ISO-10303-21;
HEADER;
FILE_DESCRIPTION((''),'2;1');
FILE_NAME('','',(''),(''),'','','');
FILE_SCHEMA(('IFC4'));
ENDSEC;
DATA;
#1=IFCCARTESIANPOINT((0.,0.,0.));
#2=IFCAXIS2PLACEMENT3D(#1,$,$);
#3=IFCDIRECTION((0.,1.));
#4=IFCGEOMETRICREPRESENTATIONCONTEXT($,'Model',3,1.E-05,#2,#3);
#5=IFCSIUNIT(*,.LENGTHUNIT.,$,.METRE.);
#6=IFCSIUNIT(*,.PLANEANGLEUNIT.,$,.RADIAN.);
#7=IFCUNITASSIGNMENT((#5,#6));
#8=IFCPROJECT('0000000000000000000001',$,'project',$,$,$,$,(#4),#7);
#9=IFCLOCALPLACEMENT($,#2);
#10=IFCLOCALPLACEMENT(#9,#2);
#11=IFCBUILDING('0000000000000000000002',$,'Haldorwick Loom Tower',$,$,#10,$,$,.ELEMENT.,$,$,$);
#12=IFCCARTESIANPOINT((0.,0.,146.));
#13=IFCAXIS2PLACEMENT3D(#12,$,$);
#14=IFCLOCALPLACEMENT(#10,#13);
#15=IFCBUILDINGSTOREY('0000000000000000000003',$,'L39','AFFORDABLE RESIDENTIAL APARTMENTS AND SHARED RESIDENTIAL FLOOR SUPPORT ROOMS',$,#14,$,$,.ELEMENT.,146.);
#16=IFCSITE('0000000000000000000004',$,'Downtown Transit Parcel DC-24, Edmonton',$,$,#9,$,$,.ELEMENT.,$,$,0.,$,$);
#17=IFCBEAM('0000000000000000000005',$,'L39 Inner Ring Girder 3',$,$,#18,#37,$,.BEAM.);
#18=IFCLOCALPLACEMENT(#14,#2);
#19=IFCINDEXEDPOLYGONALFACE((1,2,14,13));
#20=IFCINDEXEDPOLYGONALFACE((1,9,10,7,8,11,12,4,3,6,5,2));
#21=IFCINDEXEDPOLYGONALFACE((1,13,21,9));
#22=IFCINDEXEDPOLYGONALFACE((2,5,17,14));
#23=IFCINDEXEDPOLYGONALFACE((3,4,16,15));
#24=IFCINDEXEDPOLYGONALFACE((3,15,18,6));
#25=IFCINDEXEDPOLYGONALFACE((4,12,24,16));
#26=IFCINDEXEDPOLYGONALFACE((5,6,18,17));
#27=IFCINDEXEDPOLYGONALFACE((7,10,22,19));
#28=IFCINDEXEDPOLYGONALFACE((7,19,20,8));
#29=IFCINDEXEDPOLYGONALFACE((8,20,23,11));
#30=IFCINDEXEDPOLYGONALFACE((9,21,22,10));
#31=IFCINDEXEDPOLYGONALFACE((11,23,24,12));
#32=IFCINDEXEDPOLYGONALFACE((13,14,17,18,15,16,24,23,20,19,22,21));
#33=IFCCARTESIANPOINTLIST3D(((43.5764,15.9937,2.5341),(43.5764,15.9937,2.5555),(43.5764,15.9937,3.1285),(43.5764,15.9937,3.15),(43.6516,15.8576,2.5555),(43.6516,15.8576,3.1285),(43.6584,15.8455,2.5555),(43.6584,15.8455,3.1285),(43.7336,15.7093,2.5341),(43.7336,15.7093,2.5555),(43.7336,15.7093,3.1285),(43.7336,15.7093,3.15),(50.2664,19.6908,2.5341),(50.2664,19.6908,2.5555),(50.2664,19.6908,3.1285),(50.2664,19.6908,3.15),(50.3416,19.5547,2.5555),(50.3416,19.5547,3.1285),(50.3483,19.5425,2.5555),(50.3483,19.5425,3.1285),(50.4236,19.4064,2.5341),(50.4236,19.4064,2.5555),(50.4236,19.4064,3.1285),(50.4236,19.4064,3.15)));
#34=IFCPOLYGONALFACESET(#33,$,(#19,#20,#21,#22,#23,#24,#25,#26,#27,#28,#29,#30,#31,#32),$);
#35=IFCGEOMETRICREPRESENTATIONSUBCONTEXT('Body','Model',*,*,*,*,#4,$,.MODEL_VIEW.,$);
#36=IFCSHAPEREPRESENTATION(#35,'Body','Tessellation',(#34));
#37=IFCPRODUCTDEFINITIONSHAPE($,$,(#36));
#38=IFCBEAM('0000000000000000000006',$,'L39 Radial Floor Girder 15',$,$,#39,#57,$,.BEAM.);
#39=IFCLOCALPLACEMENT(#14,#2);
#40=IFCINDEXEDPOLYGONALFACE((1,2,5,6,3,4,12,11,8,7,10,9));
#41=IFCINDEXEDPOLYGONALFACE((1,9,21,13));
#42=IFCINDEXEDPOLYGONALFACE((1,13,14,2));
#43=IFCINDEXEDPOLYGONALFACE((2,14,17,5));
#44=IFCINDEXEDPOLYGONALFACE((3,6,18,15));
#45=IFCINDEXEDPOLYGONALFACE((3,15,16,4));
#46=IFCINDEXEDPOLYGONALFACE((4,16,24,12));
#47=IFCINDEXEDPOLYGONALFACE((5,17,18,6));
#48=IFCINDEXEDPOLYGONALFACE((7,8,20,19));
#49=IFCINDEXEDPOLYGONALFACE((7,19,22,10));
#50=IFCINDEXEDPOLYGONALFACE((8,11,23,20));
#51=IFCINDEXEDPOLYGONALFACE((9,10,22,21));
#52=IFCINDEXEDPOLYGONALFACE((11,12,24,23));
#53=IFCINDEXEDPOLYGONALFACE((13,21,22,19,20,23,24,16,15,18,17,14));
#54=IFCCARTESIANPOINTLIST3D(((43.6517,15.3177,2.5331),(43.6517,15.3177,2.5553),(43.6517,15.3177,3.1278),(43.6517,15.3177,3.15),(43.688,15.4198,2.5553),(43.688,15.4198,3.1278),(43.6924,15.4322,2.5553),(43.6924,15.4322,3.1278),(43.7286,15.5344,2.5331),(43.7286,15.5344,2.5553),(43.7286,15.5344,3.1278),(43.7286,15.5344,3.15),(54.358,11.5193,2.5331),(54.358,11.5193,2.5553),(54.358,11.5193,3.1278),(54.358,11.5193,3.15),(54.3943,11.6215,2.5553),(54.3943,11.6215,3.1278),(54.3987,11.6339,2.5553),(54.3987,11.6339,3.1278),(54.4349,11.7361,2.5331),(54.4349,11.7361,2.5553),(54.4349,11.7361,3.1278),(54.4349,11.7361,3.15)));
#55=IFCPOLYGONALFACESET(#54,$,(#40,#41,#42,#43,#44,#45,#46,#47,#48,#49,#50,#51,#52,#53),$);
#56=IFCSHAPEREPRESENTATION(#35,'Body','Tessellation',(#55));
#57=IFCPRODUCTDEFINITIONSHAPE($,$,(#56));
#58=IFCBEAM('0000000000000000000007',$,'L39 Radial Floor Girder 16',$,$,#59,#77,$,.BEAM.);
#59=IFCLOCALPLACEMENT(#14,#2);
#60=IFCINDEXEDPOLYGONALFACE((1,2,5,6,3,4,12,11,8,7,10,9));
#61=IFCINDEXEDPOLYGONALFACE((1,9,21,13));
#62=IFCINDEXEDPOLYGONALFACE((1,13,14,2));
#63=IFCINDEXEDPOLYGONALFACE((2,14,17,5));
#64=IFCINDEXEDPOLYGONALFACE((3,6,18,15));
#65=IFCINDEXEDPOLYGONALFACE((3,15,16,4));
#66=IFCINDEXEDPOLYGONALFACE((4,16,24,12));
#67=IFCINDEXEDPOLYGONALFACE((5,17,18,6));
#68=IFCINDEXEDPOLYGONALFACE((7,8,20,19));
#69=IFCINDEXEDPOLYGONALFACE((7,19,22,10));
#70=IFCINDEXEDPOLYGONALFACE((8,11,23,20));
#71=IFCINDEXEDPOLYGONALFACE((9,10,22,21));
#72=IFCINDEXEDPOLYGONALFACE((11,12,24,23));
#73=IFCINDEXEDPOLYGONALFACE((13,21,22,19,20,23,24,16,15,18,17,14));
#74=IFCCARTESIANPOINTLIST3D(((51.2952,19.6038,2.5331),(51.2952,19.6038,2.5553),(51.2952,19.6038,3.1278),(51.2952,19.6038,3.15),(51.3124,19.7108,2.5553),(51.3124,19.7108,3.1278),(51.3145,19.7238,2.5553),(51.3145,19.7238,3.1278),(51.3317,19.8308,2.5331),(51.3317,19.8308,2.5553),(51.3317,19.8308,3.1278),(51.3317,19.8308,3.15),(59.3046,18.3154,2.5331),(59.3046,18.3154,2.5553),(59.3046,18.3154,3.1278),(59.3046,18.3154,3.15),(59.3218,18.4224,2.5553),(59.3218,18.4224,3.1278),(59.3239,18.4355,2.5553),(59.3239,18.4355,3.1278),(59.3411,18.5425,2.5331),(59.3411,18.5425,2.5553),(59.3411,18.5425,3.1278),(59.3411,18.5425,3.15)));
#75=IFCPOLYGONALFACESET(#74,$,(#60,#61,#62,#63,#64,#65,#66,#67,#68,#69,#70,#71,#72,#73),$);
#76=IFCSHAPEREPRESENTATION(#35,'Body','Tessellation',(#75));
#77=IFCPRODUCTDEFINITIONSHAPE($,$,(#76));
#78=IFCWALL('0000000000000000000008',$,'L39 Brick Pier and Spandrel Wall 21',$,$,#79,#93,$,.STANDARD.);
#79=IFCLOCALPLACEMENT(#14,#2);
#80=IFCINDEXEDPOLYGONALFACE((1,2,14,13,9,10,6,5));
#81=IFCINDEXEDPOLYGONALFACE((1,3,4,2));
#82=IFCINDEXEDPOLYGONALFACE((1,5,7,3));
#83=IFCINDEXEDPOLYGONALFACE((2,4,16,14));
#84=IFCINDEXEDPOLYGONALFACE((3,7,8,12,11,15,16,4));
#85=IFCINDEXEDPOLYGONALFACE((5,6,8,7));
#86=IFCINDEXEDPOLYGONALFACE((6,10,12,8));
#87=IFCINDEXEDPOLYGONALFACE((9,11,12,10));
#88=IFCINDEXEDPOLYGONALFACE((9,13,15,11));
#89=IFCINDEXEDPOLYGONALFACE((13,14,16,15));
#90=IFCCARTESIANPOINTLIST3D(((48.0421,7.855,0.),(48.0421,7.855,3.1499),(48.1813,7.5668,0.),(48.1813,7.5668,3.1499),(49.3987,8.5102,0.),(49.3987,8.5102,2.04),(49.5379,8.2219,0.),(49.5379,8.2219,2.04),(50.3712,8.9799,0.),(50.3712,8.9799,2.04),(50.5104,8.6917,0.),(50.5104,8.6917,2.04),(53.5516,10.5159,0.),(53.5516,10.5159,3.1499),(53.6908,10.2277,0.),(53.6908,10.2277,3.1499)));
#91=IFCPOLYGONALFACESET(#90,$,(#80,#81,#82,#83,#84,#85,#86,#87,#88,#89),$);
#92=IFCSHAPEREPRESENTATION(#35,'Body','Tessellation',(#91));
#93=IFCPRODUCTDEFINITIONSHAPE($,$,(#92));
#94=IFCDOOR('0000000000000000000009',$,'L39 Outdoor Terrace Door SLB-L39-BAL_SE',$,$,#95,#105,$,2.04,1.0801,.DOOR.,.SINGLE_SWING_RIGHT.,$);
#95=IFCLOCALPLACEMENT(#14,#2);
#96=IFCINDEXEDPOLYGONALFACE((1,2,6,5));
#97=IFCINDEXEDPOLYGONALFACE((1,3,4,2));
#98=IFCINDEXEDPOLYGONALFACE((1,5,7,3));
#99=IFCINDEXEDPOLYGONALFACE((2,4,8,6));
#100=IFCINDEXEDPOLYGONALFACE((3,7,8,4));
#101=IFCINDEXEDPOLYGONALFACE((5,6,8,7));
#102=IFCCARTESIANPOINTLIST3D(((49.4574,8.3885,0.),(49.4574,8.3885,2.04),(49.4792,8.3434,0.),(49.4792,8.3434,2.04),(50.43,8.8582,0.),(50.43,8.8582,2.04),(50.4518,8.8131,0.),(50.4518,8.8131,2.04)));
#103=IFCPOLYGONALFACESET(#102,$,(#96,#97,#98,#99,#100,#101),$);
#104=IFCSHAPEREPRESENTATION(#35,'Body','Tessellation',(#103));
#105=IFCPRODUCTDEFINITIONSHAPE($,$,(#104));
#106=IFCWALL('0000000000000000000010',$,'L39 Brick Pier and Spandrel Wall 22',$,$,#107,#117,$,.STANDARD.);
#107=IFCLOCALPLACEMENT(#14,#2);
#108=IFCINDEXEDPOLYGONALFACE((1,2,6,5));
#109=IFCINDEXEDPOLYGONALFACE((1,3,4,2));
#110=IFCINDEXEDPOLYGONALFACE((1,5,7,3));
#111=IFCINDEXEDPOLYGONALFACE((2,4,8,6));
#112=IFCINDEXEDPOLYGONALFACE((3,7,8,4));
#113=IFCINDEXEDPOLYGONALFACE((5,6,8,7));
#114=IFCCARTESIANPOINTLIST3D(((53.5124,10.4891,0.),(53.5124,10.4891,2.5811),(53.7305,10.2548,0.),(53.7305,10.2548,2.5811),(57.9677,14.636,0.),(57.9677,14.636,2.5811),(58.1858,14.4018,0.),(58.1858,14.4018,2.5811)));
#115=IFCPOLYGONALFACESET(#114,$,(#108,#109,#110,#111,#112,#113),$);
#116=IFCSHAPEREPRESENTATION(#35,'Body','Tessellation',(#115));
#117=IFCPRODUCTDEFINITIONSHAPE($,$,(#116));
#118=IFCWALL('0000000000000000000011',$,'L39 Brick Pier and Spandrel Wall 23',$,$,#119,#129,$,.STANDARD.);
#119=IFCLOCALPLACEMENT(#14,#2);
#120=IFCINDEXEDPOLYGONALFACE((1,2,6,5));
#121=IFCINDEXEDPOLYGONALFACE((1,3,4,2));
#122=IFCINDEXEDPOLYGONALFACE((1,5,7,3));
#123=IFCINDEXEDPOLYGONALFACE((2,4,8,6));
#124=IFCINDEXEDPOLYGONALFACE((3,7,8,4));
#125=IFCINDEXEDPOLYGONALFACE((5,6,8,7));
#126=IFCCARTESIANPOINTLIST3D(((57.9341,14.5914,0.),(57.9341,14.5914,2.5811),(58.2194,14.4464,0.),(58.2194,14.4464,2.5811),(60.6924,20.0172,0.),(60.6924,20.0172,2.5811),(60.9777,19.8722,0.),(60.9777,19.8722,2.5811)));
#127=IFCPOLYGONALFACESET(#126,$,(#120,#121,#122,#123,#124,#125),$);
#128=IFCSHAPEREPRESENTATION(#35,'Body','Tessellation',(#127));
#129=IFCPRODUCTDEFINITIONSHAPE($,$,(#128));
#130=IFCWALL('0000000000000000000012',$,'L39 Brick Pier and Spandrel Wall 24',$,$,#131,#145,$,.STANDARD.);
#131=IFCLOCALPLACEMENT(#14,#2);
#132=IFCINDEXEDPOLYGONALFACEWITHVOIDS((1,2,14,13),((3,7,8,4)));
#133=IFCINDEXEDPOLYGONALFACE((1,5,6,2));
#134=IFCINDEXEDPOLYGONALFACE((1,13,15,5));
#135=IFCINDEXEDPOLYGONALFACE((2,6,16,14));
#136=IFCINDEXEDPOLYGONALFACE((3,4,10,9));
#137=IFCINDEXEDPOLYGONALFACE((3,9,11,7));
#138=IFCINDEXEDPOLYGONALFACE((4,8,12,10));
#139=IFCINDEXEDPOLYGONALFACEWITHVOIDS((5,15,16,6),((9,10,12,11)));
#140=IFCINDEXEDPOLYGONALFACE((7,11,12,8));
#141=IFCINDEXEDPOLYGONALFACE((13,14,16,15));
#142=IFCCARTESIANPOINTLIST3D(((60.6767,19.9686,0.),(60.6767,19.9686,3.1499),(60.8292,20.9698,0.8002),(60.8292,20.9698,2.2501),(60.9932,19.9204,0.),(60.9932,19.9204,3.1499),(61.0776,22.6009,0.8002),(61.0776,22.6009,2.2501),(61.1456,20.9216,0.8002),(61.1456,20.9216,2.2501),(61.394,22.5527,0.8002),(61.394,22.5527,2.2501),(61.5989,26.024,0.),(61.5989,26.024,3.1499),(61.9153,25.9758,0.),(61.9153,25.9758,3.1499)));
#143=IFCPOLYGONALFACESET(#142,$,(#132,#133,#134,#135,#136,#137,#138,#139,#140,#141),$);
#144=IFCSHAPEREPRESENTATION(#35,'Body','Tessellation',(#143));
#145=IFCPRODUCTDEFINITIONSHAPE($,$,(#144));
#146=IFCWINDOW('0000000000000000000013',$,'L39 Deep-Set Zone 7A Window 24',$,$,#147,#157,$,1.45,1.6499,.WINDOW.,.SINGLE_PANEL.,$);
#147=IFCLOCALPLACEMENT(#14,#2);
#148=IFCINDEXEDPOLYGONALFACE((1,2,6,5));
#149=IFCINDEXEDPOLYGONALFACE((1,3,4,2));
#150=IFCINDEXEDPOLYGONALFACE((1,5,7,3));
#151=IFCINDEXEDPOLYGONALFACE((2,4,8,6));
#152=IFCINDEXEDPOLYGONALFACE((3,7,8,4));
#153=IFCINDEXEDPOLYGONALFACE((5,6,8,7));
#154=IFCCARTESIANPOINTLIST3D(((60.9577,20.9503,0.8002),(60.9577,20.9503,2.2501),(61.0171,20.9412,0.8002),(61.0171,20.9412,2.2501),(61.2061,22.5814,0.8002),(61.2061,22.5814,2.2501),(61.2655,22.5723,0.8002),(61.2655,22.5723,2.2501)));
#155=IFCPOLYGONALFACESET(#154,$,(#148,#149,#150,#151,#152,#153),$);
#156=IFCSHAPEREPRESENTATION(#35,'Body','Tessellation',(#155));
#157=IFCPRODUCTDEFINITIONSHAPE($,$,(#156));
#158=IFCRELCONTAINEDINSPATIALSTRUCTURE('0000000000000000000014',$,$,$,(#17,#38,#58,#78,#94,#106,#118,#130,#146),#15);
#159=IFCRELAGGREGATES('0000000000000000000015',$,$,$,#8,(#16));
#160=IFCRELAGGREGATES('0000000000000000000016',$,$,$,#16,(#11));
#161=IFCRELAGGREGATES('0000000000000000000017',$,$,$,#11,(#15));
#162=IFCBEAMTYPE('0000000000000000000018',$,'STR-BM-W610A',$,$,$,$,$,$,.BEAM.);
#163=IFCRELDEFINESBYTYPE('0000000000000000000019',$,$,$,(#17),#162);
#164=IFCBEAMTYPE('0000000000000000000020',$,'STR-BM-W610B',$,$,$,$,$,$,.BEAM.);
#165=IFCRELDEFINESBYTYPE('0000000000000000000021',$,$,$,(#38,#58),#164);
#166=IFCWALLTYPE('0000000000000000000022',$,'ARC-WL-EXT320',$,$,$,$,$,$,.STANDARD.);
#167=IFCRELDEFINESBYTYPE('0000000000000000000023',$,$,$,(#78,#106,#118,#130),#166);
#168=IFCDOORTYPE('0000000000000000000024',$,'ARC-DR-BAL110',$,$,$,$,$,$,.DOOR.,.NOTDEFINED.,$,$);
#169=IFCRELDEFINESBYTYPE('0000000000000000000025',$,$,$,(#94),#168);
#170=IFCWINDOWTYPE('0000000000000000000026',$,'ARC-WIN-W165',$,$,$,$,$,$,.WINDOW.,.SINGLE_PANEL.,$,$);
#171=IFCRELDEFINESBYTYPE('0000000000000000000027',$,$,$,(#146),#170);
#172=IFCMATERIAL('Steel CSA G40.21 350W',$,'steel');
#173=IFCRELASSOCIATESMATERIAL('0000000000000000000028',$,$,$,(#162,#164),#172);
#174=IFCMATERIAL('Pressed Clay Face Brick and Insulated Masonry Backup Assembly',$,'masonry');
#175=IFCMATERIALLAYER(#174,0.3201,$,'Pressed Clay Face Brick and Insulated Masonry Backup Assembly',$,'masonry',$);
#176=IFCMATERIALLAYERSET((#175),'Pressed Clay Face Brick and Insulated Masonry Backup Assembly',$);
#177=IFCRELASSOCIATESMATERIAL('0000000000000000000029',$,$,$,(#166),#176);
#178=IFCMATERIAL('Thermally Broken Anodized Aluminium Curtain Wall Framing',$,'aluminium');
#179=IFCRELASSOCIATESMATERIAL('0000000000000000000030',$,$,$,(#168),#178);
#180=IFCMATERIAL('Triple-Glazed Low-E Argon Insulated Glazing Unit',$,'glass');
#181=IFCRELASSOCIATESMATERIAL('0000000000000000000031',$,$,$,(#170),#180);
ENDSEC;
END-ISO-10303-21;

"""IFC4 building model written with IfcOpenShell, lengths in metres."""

from ifc_helpers import new_model, si_unit, direction, frame, frame_2d, origin, origin_2d, place, context, subcontext, project, spatial, rectangle, i_section, extrude, material, layer, layer_set, material_profile, profile_set, type_object, element, fill, save


model = new_model("IFC4")

# Units and contexts
model_context = context("Model", 3, precision=1e-05, world=origin(), true_north=direction((0.0, 1.0)))
body_context = subcontext(model_context, "Body", "Model", "MODEL_VIEW")
ifc_project = project(units=[si_unit("LENGTHUNIT", "METRE"), si_unit("PLANEANGLEUNIT", "RADIAN")], contexts=[model_context])

# Site, building, storey
site_placement = place(None, origin())
site = spatial("IfcSite", under=ifc_project, at=site_placement, Name="Downtown Transit Parcel DC-24, Edmonton", CompositionType="ELEMENT", RefElevation=0.0)
building_placement = place(site_placement, origin())
building = spatial("IfcBuilding", under=site, at=building_placement, Name="Haldorwick Loom Tower", CompositionType="ELEMENT")
storey_placement = place(building_placement, frame((0.0, 0.0, 146.0)))
storey = spatial("IfcBuildingStorey", under=building, at=storey_placement, Name="L39", Description="AFFORDABLE RESIDENTIAL APARTMENTS AND SHARED RESIDENTIAL FLOOR SUPPORT ROOMS", CompositionType="ELEMENT", Elevation=146.0)

# Beams
ifc_material_1 = material(Name="Steel CSA G40.21 350W", Category="steel")
ifc_material_profile_1 = material_profile(ifc_material_1, i_section(OverallWidth=0.325, OverallDepth=0.616, WebThickness=0.0139, FlangeThickness=0.0215, at=origin_2d()), Name="W610X174", Category="steel")
ifc_profile_set_1 = profile_set([ifc_material_profile_1], Name="Steel CSA G40.21 350W")
beam_type_1 = type_object("IfcBeamType", Name="STR-BM-W610A", PredefinedType="BEAM", material=ifc_profile_set_1)
beam_1_placement = place(storey_placement, frame((50.345, 19.5486, 2.842), z_axis=(-0.875244, -0.483681, 0.0), x_axis=(0.483681, -0.875244, 0.0)))
element("IfcBeam", 1, at=beam_1_placement, inside=storey, type_object=beam_type_1, Name="L39 Inner Ring Girder 3", PredefinedType="BEAM", context=body_context, shape_type="SweptSolid", body=[
    extrude(i_section(OverallWidth=0.325, OverallDepth=0.616, WebThickness=0.0139, FlangeThickness=0.0215, at=origin_2d()), origin(), (0.0, 0.0, 1.0), 7.6436),
])
ifc_material_profile_2 = material_profile(ifc_material_1, i_section(OverallWidth=0.23, OverallDepth=0.6169, WebThickness=0.0132, FlangeThickness=0.0222, at=origin_2d()), Name="W610X140", Category="steel")
ifc_profile_set_2 = profile_set([ifc_material_profile_2], Name="Steel CSA G40.21 350W")
beam_type_2 = type_object("IfcBeamType", Name="STR-BM-W610B", PredefinedType="BEAM", material=ifc_profile_set_2)
beam_2_placement = place(storey_placement, frame((43.6902, 15.426, 2.8416), z_axis=(0.942446, -0.334358, 0.0), x_axis=(0.334358, 0.942446, 0.0)))
element("IfcBeam", 2, at=beam_2_placement, inside=storey, type_object=beam_type_2, Name="L39 Radial Floor Girder 15", PredefinedType="BEAM", context=body_context, shape_type="SweptSolid", body=[
    extrude(i_section(OverallWidth=0.23, OverallDepth=0.6169, WebThickness=0.0132, FlangeThickness=0.0222, at=origin_2d()), origin(), (0.0, 0.0, 1.0), 11.3601),
])
beam_3_placement = place(storey_placement, frame((51.3135, 19.7173, 2.8416), z_axis=(0.987309, -0.158813, 0.0), x_axis=(0.158813, 0.987309, 0.0)))
element("IfcBeam", 3, at=beam_3_placement, inside=storey, type_object=beam_type_2, Name="L39 Radial Floor Girder 16", PredefinedType="BEAM", context=body_context, shape_type="SweptSolid", body=[
    extrude(i_section(OverallWidth=0.23, OverallDepth=0.6169, WebThickness=0.0132, FlangeThickness=0.0222, at=origin_2d()), origin(), (0.0, 0.0, 1.0), 8.1123),
])

# Wall, opening, door
ifc_material_2 = material(Name="Pressed Clay Face Brick and Insulated Masonry Backup Assembly", Category="masonry")
ifc_layer_1 = layer(ifc_material_2, 0.3201, Name="Pressed Clay Face Brick and Insulated Masonry Backup Assembly", Category="masonry")
ifc_layer_set_1 = layer_set([ifc_layer_1], Name="Pressed Clay Face Brick and Insulated Masonry Backup Assembly")
wall_type_1 = type_object("IfcWallType", Name="ARC-WL-EXT320", PredefinedType="STANDARD", material=ifc_layer_set_1)
wall_1_placement = place(storey_placement, frame((48.1118, 7.7109, 0.0), z_axis=(0.0, 0.0, 1.0), x_axis=(0.90048, 0.434897, 0.0)))
wall_1 = element("IfcWall", 4, at=wall_1_placement, inside=storey, type_object=wall_type_1, Name="L39 Brick Pier and Spandrel Wall 21", PredefinedType="STANDARD", context=body_context, shape_type="SweptSolid", body=[
    extrude(rectangle(XDim=6.1184, YDim=0.3201, at=frame_2d((3.0591, 0.0))), origin(), (0.0, 0.0, 1.0), 3.1499),
])
opening_1_placement = place(wall_1_placement, frame((1.5063, 0.0, 0.0)))
opening_1 = element("IfcOpeningElement", 5, at=opening_1_placement, cuts=wall_1, PredefinedType="OPENING", context=body_context, shape_type="SweptSolid", body=[
    extrude(rectangle(XDim=1.0801, YDim=2.04, at=frame_2d((0.54, 1.02))), frame((0.0, 0.1699, 0.0), z_axis=(0.0, -1.0, 0.0), x_axis=(1.0, 0.0, 0.0)), (0.0, 0.0, 1.0), 0.3401),
])
ifc_material_3 = material(Name="Thermally Broken Anodized Aluminium Curtain Wall Framing", Category="aluminium")
door_type_1 = type_object("IfcDoorType", Name="ARC-DR-BAL110", OperationType="NOTDEFINED", PredefinedType="DOOR", material=ifc_material_3)
door_1_placement = place(opening_1_placement, origin())
door_1 = element("IfcDoor", 6, at=door_1_placement, inside=storey, type_object=door_type_1, Name="L39 Outdoor Terrace Door SLB-L39-BAL_SE", OperationType="SINGLE_SWING_RIGHT", OverallHeight=2.04, OverallWidth=1.0801, PredefinedType="DOOR", context=body_context, shape_type="SweptSolid", body=[
    extrude(rectangle(XDim=1.0801, YDim=2.04, at=frame_2d((0.54, 1.02))), frame((0.0, 0.0249, 0.0), z_axis=(0.0, -1.0, 0.0), x_axis=(1.0, 0.0, 0.0)), (0.0, 0.0, 1.0), 0.05),
])
fill(opening_1, door_1)

# Walls
for number, where, z_axis, x_axis, name in (
    (7, (53.6213, 10.3718, 0.0), (0.0, 0.0, 1.0), (0.731983, 0.681323, 0.0), "L39 Brick Pier and Spandrel Wall 22"),
    (8, (58.0767, 14.5188, 0.0), (0.0, 0.0, 1.0), (0.453172, 0.891423, 0.0), "L39 Brick Pier and Spandrel Wall 23"),
):
    element("IfcWall", number, at=place(storey_placement, frame(where, z_axis=z_axis, x_axis=x_axis)), inside=storey, type_object=wall_type_1, Name=name, PredefinedType="STANDARD", context=body_context, shape_type="SweptSolid", body=[
        extrude(rectangle(XDim=6.0867, YDim=0.3201, at=frame_2d((3.0435, 0.0))), origin(), (0.0, 0.0, 1.0), 2.5811),
    ])

# Wall, opening, window
wall_2_placement = place(storey_placement, frame((60.835, 19.9446, 0.0), z_axis=(0.0, 0.0, 1.0), x_axis=(0.150544, 0.988603, 0.0)))
wall_2 = element("IfcWall", 9, at=wall_2_placement, inside=storey, type_object=wall_type_1, Name="L39 Brick Pier and Spandrel Wall 24", PredefinedType="STANDARD", context=body_context, shape_type="SweptSolid", body=[
    extrude(rectangle(XDim=6.1252, YDim=0.3201, at=frame_2d((3.0625, 0.0))), origin(), (0.0, 0.0, 1.0), 3.1499),
])
opening_2_placement = place(wall_2_placement, frame((1.0127, 0.0, 0.8)))
opening_2 = element("IfcOpeningElement", 10, at=opening_2_placement, cuts=wall_2, PredefinedType="OPENING", context=body_context, shape_type="SweptSolid", body=[
    extrude(rectangle(XDim=1.6499, YDim=1.45, at=frame_2d((0.825, 0.7251))), frame((0.0, 0.1699, 0.0), z_axis=(0.0, -1.0, 0.0), x_axis=(1.0, 0.0, 0.0)), (0.0, 0.0, 1.0), 0.3401),
])
ifc_material_4 = material(Name="Triple-Glazed Low-E Argon Insulated Glazing Unit", Category="glass")
window_type = type_object("IfcWindowType", Name="ARC-WIN-W165", PartitioningType="SINGLE_PANEL", PredefinedType="WINDOW", material=ifc_material_4)
window_placement = place(opening_2_placement, origin())
window = element("IfcWindow", 11, at=window_placement, inside=storey, type_object=window_type, Name="L39 Deep-Set Zone 7A Window 24", OverallHeight=1.45, OverallWidth=1.6499, PartitioningType="SINGLE_PANEL", PredefinedType="WINDOW", context=body_context, shape_type="SweptSolid", body=[
    extrude(rectangle(XDim=1.6499, YDim=1.45, at=frame_2d((0.825, 0.7251))), frame((0.0, 0.03, 0.0), z_axis=(0.0, -1.0, 0.0), x_axis=(1.0, 0.0, 0.0)), (0.0, 0.0, 1.0), 0.0601),
])
fill(opening_2, window)

save(model, "model.ifc")
